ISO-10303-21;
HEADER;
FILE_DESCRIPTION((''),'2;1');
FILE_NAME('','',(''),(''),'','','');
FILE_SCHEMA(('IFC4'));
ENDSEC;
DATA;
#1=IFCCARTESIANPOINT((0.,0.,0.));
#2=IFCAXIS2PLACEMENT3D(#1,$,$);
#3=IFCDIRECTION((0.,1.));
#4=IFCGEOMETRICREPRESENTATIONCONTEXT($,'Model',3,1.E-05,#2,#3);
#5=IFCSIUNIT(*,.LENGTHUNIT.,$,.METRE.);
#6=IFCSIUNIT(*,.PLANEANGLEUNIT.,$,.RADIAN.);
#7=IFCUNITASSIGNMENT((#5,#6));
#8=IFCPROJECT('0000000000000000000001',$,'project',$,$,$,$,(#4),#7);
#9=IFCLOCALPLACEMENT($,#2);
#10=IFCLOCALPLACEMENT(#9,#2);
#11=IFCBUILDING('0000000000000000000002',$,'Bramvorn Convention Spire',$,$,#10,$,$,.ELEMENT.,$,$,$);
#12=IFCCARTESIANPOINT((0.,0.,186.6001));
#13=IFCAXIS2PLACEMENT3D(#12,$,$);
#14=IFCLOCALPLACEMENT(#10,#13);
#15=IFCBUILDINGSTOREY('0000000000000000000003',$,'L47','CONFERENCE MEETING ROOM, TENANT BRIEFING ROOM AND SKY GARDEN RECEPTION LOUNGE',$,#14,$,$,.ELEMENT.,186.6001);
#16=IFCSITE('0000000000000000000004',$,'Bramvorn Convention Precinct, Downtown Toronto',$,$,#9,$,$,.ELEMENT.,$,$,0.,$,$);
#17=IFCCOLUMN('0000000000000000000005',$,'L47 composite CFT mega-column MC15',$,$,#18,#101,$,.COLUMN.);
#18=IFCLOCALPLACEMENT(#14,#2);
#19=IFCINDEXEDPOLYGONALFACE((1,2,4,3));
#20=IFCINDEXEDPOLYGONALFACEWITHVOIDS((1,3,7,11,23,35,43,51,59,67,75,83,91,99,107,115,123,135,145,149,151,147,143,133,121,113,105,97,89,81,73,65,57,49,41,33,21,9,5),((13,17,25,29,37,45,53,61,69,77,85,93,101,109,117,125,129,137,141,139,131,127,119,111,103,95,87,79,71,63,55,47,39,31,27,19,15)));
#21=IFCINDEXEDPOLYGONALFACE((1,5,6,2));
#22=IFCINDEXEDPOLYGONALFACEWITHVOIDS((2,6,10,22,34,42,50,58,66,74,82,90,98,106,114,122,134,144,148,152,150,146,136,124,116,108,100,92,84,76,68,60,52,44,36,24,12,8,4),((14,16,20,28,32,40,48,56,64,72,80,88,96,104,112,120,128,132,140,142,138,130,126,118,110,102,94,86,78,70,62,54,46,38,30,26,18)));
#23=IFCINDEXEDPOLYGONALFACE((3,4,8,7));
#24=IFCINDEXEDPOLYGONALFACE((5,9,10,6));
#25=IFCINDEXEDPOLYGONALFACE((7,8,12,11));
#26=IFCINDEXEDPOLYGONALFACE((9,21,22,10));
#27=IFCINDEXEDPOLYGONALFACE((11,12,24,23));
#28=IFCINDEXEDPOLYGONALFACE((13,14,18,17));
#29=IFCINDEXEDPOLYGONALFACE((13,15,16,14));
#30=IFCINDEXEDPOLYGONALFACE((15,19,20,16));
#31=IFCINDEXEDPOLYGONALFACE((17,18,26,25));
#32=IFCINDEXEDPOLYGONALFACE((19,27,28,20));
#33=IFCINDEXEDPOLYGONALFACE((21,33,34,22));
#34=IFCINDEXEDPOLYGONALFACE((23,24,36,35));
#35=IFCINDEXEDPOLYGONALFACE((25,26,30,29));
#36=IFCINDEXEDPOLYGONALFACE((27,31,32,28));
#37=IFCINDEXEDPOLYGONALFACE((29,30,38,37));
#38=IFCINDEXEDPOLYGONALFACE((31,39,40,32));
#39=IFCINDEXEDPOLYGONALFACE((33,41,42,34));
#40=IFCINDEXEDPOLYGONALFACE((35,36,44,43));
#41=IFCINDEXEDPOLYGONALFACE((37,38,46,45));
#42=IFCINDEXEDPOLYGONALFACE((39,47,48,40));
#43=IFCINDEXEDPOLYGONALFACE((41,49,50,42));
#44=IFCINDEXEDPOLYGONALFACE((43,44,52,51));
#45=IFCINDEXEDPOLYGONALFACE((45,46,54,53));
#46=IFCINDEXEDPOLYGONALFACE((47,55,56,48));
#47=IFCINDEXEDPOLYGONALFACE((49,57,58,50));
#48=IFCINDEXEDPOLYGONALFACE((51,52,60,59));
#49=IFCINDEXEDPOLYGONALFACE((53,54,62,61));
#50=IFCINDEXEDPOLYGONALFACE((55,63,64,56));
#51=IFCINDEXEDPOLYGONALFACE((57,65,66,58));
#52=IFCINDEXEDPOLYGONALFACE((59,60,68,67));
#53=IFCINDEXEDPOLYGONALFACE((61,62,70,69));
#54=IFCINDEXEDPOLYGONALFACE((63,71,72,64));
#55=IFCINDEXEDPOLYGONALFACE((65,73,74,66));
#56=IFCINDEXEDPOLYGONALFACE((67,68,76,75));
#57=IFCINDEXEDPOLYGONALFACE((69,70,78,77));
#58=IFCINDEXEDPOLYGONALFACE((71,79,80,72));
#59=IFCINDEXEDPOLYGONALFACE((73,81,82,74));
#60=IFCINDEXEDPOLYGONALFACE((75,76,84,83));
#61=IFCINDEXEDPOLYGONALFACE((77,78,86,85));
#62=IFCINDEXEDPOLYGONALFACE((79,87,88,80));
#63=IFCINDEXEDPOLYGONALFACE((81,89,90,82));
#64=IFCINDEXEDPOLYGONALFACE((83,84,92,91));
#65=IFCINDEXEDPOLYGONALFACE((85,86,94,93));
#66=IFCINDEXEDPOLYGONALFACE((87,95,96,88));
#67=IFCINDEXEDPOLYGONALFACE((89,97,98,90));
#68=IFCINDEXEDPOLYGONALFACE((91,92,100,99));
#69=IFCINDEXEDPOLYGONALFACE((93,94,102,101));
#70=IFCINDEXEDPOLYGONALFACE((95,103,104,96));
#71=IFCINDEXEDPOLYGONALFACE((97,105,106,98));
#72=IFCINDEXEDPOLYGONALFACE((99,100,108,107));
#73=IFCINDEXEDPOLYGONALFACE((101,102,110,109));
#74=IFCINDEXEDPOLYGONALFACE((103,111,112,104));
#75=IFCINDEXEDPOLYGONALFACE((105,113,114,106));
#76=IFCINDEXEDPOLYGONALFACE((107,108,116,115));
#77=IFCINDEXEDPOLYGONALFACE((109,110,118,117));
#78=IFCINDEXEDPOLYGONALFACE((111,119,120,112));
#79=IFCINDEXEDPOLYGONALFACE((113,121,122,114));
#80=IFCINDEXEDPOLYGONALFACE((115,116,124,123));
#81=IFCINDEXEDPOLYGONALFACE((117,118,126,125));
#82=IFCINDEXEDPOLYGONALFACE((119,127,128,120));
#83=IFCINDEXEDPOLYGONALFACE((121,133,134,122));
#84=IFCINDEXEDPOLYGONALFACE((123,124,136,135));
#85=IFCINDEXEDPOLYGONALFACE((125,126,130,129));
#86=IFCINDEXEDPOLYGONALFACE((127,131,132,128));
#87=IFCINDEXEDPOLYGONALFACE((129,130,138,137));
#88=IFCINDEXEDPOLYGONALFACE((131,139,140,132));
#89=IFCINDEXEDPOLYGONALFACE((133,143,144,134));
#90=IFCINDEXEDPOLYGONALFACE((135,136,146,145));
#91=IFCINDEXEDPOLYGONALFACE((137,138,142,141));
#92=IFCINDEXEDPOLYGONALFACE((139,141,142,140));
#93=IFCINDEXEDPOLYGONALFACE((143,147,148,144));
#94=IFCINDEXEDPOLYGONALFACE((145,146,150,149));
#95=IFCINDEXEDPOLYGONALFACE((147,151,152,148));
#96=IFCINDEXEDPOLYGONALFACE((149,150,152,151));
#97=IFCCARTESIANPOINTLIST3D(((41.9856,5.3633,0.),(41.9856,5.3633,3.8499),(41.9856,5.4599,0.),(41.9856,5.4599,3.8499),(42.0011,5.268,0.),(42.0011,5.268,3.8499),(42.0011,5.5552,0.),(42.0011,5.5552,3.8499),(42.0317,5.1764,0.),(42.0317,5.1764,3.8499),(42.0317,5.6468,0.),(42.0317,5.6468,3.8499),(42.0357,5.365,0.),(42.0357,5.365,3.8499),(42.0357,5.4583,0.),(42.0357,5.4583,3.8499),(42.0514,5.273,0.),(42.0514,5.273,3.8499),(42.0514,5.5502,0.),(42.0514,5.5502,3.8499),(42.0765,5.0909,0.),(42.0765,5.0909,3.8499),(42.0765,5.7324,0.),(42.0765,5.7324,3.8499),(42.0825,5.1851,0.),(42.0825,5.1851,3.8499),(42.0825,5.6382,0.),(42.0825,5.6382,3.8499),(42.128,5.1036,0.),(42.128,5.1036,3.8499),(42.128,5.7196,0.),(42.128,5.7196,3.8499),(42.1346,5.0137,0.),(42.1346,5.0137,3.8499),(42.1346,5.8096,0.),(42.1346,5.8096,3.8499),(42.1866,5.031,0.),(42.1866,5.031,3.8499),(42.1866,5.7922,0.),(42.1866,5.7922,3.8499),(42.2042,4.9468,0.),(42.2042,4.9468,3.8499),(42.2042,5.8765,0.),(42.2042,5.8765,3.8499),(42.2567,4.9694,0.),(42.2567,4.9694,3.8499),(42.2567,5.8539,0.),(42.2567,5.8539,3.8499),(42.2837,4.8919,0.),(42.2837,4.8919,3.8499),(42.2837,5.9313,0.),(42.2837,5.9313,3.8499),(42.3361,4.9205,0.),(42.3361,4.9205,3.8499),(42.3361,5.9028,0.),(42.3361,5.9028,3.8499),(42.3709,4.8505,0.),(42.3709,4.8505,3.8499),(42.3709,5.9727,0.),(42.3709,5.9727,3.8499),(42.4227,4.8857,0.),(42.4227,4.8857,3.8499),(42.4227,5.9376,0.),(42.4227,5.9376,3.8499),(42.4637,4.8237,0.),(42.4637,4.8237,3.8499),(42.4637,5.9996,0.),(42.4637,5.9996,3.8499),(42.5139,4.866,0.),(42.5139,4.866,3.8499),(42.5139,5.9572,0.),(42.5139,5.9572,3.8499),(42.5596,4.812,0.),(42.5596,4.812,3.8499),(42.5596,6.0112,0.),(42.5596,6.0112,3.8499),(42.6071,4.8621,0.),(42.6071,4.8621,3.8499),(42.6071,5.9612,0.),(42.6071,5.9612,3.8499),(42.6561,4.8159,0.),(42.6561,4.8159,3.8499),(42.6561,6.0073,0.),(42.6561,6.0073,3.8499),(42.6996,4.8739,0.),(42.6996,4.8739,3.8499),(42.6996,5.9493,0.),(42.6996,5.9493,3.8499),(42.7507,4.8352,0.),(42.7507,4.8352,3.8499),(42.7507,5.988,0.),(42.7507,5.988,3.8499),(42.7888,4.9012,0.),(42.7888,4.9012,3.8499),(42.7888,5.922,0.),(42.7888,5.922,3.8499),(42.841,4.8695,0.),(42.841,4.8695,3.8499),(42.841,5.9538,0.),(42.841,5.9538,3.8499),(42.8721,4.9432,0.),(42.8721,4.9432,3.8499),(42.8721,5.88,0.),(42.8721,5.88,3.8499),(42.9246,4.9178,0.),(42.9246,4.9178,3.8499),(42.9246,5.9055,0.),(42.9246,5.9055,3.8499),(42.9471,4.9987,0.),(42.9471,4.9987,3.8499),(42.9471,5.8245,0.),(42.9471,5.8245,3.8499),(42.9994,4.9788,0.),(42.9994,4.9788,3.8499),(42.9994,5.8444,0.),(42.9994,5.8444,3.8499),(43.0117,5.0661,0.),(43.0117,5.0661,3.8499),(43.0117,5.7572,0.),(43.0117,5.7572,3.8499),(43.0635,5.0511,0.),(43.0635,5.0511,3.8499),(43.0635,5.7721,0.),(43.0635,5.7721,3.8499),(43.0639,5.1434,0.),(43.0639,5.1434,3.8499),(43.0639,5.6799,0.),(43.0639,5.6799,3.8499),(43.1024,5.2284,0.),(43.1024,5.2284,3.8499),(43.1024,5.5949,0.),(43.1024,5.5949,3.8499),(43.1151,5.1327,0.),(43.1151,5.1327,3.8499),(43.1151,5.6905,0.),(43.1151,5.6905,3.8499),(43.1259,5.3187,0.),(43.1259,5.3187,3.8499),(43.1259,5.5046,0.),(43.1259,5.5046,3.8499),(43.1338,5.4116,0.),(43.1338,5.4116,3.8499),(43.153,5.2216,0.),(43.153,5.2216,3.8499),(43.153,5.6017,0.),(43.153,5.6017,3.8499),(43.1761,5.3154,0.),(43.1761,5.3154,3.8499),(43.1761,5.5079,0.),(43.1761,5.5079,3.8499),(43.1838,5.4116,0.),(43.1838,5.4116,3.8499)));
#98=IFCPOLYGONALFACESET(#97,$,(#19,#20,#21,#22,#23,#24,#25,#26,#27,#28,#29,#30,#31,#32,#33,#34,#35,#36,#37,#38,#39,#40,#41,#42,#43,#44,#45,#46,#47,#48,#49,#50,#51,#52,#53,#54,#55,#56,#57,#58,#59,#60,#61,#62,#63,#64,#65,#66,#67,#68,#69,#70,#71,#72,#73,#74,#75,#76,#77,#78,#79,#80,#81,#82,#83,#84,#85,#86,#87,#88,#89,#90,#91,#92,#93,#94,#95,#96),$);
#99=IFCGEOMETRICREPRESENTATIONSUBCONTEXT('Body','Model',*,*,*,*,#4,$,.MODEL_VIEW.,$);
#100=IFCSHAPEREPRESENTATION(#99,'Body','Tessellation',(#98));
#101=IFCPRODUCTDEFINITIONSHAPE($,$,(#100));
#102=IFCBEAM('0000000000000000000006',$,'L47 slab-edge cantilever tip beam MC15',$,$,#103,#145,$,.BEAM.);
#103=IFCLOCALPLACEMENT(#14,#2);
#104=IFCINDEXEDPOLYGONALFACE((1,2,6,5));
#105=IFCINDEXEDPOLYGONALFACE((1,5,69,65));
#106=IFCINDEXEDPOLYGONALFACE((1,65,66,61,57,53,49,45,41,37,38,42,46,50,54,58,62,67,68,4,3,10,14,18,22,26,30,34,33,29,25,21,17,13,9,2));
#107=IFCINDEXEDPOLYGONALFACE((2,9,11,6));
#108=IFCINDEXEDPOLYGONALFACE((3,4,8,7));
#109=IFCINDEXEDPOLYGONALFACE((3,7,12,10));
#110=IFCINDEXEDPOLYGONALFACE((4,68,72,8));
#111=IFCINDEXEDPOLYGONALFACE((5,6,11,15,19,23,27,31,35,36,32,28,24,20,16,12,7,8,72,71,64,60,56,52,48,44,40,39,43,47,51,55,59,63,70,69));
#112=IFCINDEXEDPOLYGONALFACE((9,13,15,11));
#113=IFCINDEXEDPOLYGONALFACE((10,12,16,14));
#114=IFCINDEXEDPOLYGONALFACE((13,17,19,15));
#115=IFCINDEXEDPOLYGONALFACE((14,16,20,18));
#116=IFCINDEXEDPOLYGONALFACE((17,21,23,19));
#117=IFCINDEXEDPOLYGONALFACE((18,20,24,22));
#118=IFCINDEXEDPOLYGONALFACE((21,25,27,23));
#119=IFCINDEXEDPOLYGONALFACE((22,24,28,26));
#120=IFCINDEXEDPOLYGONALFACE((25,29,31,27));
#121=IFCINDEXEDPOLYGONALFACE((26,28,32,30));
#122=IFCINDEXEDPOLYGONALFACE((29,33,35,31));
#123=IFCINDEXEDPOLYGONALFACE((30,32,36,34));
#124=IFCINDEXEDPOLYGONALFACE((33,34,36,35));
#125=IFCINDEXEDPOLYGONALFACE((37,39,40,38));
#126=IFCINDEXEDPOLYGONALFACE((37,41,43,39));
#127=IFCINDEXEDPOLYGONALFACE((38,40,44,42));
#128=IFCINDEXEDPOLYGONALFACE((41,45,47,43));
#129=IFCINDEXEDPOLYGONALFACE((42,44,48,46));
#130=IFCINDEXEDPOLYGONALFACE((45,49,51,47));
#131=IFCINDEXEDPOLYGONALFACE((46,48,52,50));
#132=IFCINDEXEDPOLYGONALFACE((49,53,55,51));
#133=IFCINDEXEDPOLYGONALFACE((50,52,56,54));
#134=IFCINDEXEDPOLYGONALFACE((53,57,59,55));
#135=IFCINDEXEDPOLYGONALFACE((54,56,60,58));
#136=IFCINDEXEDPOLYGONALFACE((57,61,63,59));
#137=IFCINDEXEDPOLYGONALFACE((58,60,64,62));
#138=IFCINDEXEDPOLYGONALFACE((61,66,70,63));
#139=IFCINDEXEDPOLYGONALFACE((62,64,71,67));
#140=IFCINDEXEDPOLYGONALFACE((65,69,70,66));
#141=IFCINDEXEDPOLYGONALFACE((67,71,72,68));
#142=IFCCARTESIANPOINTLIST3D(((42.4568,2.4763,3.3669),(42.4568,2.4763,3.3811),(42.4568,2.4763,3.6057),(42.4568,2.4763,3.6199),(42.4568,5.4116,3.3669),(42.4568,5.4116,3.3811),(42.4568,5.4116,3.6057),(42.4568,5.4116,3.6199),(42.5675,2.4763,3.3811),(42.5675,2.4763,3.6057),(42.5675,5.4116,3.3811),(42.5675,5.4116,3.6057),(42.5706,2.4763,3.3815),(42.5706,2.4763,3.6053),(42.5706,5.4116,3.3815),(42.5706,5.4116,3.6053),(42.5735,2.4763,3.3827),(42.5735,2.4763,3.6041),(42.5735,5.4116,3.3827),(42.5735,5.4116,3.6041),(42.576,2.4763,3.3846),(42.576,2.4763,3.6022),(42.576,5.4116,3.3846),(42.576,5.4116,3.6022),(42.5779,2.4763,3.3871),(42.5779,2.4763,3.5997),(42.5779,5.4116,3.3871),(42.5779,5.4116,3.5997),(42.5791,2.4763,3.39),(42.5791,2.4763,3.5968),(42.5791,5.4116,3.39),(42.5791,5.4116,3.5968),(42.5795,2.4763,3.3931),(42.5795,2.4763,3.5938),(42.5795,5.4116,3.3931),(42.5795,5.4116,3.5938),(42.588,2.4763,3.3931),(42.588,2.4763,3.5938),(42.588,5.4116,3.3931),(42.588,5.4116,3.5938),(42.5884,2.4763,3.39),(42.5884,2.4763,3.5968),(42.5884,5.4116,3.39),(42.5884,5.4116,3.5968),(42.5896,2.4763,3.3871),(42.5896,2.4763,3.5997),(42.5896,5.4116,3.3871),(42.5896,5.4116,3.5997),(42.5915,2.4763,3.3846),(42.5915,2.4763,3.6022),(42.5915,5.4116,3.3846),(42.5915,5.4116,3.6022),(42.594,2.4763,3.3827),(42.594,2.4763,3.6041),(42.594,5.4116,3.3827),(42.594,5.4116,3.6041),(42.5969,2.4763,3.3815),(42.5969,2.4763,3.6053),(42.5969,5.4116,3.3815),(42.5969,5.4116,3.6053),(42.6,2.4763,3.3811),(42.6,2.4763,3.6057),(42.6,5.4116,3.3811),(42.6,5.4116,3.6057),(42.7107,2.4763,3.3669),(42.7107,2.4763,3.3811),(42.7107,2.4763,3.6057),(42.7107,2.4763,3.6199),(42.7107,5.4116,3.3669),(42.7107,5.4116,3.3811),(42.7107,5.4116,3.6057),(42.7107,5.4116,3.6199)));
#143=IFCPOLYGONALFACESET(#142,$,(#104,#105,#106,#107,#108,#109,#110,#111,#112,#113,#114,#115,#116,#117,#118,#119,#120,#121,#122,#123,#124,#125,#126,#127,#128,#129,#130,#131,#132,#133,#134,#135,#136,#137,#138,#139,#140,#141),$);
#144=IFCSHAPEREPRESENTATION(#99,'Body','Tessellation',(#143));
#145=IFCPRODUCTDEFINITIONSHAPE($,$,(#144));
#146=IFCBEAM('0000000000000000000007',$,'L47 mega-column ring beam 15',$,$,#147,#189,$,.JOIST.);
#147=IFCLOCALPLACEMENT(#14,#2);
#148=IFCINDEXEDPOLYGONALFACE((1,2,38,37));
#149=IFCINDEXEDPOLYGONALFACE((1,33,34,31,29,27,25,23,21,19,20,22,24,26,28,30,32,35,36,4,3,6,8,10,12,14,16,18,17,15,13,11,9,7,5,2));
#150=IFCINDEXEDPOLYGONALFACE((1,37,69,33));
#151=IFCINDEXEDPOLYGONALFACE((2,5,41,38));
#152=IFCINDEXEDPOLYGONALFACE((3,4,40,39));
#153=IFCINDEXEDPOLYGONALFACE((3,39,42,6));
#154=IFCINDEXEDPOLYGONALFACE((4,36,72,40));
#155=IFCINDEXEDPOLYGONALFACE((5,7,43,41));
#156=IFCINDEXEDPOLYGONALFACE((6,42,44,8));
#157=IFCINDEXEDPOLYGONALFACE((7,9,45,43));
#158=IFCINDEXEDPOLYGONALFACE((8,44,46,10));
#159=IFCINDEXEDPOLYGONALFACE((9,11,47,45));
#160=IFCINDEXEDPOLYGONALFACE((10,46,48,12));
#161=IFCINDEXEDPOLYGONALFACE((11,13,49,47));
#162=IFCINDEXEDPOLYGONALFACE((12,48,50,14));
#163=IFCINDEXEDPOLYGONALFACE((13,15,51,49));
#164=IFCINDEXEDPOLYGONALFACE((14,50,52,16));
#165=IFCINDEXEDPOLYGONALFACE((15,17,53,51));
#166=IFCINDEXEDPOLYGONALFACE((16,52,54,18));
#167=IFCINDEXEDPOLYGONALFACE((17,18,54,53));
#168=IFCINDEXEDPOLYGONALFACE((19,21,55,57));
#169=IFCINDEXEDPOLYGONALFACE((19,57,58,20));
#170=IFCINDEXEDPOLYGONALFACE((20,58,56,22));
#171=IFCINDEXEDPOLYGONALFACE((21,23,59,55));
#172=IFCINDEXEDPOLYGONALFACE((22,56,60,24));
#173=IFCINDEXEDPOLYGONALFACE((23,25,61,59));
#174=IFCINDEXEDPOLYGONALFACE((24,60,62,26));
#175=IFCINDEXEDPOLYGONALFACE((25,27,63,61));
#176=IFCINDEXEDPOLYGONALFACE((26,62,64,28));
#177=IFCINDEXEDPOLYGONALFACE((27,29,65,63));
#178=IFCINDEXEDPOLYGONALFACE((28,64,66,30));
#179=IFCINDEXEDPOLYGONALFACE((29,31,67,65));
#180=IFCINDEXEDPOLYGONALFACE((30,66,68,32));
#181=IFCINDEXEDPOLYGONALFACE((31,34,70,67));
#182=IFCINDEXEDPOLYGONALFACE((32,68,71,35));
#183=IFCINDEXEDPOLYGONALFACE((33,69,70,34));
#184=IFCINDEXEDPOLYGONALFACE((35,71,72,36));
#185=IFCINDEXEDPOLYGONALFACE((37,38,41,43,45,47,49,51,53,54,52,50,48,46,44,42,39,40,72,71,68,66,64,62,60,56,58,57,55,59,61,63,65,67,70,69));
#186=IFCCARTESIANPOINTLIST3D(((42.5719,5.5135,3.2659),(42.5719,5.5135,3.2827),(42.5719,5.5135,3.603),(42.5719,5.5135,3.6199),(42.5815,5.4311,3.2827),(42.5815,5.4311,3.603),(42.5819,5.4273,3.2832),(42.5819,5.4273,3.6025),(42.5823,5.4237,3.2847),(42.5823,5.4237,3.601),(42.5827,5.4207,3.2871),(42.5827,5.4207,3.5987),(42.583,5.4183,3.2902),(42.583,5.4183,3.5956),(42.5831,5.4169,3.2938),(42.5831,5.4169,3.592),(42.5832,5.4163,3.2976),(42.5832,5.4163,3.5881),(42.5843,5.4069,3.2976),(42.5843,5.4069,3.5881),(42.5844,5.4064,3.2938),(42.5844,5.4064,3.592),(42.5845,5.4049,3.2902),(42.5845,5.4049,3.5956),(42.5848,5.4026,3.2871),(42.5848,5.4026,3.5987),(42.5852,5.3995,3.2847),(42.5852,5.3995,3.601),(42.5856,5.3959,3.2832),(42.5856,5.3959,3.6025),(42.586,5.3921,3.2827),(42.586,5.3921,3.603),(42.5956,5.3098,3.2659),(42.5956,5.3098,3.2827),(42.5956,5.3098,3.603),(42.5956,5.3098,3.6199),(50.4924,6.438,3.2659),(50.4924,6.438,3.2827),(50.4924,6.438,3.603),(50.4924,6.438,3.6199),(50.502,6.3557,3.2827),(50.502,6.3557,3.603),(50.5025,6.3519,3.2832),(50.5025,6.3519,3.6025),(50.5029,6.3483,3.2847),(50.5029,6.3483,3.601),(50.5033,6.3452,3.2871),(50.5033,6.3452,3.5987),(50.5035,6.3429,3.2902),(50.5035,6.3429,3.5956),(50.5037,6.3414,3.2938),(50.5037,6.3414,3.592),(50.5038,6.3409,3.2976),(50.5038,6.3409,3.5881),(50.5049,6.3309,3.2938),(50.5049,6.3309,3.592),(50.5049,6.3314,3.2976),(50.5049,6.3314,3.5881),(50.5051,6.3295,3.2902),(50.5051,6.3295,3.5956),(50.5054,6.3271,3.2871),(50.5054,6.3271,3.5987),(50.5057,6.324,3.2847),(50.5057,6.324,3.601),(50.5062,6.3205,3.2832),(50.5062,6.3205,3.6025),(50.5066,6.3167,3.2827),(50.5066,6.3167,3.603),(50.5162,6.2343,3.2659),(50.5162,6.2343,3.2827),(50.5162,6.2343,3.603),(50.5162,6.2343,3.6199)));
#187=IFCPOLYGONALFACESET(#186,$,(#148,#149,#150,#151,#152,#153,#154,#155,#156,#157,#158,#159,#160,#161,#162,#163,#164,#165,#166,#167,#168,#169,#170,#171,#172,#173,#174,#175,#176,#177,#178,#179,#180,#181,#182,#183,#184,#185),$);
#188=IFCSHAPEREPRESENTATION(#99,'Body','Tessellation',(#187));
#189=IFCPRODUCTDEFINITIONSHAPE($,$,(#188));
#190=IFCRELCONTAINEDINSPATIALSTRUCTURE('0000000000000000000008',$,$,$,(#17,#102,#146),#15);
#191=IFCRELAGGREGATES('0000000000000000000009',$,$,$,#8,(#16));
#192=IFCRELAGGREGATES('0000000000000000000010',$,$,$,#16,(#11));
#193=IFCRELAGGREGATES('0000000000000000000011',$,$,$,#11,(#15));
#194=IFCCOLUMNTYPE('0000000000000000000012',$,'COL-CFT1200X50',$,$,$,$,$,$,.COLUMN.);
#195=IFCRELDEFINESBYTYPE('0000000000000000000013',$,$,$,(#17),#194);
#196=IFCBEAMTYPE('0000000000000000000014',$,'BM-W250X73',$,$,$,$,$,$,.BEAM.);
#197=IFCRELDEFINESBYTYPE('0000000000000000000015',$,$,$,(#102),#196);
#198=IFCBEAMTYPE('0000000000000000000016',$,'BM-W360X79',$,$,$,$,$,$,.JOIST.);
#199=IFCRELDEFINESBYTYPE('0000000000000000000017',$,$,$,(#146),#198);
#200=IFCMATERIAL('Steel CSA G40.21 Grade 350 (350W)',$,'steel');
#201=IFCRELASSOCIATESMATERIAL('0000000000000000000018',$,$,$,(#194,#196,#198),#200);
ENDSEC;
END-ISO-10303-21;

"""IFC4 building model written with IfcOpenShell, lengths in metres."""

from ifc_helpers import new_model, si_unit, direction, frame, origin, origin_2d, place, context, subcontext, project, spatial, hollow_circle, i_section, extrude, material, material_profile, profile_set, type_object, element, save


model = new_model("IFC4")

# Units and contexts
model_context = context("Model", 3, precision=1e-05, world=origin(), true_north=direction((0.0, 1.0)))
body_context = subcontext(model_context, "Body", "Model", "MODEL_VIEW")
ifc_project = project(units=[si_unit("LENGTHUNIT", "METRE"), si_unit("PLANEANGLEUNIT", "RADIAN")], contexts=[model_context])

# Site, building, storey
site_placement = place(None, origin())
site = spatial("IfcSite", under=ifc_project, at=site_placement, Name="Bramvorn Convention Precinct, Downtown Toronto", CompositionType="ELEMENT", RefElevation=0.0)
building_placement = place(site_placement, origin())
building = spatial("IfcBuilding", under=site, at=building_placement, Name="Bramvorn Convention Spire", CompositionType="ELEMENT")
storey_placement = place(building_placement, frame((0.0, 0.0, 186.6001)))
storey = spatial("IfcBuildingStorey", under=building, at=storey_placement, Name="L47", Description="CONFERENCE MEETING ROOM, TENANT BRIEFING ROOM AND SKY GARDEN RECEPTION LOUNGE", CompositionType="ELEMENT", Elevation=186.6001)

# Column
ifc_material_1 = material(Name="Steel CSA G40.21 Grade 350 (350W)", Category="steel")
ifc_material_profile_1 = material_profile(ifc_material_1, hollow_circle(Radius=0.6001, WallThickness=0.05, at=origin_2d()))
ifc_profile_set_1 = profile_set([ifc_material_profile_1], Name="Steel CSA G40.21 Grade 350 (350W) - CFT1200X50")
column_type = type_object("IfcColumnType", Name="COL-CFT1200X50", PredefinedType="COLUMN", material=ifc_profile_set_1)
column_placement = place(storey_placement, frame((42.5837, 5.4116, 0.0), z_axis=(0.0, 0.0, 1.0), x_axis=(1.0, 0.0, 0.0)))
element("IfcColumn", 1, at=column_placement, inside=storey, type_object=column_type, Name="L47 composite CFT mega-column MC15", PredefinedType="COLUMN", context=body_context, shape_type="SweptSolid", body=[
    extrude(hollow_circle(Radius=0.6001, WallThickness=0.05, at=origin_2d()), origin(), (0.0, 0.0, 1.0), 3.8499),
])

# Beams
ifc_material_profile_2 = material_profile(ifc_material_1, i_section(OverallWidth=0.2539, OverallDepth=0.2529, WebThickness=0.0085, FlangeThickness=0.0142, FilletRadius=0.012, at=origin_2d()))
ifc_profile_set_2 = profile_set([ifc_material_profile_2], Name="Steel CSA G40.21 Grade 350 (350W) - W250X73")
beam_type_1 = type_object("IfcBeamType", Name="BM-W250X73", PredefinedType="BEAM", material=ifc_profile_set_2)
beam_1_placement = place(storey_placement, frame((42.5837, 5.4116, 3.4934), z_axis=(0.0, -1.0, 0.0), x_axis=(1.0, 0.0, 0.0)))
element("IfcBeam", 2, at=beam_1_placement, inside=storey, type_object=beam_type_1, Name="L47 slab-edge cantilever tip beam MC15", PredefinedType="BEAM", context=body_context, shape_type="SweptSolid", body=[
    extrude(i_section(OverallWidth=0.2539, OverallDepth=0.2529, WebThickness=0.0085, FlangeThickness=0.0142, FilletRadius=0.012, at=origin_2d()), origin(), (0.0, 0.0, 1.0), 2.9353),
])
ifc_material_profile_3 = material_profile(ifc_material_1, i_section(OverallWidth=0.2051, OverallDepth=0.354, WebThickness=0.0095, FlangeThickness=0.0168, FilletRadius=0.0149, at=origin_2d()))
ifc_profile_set_3 = profile_set([ifc_material_profile_3], Name="Steel CSA G40.21 Grade 350 (350W) - W360X79")
beam_type_2 = type_object("IfcBeamType", Name="BM-W360X79", PredefinedType="JOIST", material=ifc_profile_set_3)
beam_2_placement = place(storey_placement, frame((42.5837, 5.4116, 3.4429), z_axis=(0.993256, 0.115941, 0.0), x_axis=(-0.115941, 0.993256, 0.0)))
element("IfcBeam", 3, at=beam_2_placement, inside=storey, type_object=beam_type_2, Name="L47 mega-column ring beam 15", PredefinedType="JOIST", context=body_context, shape_type="SweptSolid", body=[
    extrude(i_section(OverallWidth=0.2051, OverallDepth=0.354, WebThickness=0.0095, FlangeThickness=0.0168, FilletRadius=0.0149, at=origin_2d()), origin(), (0.0, 0.0, 1.0), 7.9744),
])

save(model, "model.ifc")
